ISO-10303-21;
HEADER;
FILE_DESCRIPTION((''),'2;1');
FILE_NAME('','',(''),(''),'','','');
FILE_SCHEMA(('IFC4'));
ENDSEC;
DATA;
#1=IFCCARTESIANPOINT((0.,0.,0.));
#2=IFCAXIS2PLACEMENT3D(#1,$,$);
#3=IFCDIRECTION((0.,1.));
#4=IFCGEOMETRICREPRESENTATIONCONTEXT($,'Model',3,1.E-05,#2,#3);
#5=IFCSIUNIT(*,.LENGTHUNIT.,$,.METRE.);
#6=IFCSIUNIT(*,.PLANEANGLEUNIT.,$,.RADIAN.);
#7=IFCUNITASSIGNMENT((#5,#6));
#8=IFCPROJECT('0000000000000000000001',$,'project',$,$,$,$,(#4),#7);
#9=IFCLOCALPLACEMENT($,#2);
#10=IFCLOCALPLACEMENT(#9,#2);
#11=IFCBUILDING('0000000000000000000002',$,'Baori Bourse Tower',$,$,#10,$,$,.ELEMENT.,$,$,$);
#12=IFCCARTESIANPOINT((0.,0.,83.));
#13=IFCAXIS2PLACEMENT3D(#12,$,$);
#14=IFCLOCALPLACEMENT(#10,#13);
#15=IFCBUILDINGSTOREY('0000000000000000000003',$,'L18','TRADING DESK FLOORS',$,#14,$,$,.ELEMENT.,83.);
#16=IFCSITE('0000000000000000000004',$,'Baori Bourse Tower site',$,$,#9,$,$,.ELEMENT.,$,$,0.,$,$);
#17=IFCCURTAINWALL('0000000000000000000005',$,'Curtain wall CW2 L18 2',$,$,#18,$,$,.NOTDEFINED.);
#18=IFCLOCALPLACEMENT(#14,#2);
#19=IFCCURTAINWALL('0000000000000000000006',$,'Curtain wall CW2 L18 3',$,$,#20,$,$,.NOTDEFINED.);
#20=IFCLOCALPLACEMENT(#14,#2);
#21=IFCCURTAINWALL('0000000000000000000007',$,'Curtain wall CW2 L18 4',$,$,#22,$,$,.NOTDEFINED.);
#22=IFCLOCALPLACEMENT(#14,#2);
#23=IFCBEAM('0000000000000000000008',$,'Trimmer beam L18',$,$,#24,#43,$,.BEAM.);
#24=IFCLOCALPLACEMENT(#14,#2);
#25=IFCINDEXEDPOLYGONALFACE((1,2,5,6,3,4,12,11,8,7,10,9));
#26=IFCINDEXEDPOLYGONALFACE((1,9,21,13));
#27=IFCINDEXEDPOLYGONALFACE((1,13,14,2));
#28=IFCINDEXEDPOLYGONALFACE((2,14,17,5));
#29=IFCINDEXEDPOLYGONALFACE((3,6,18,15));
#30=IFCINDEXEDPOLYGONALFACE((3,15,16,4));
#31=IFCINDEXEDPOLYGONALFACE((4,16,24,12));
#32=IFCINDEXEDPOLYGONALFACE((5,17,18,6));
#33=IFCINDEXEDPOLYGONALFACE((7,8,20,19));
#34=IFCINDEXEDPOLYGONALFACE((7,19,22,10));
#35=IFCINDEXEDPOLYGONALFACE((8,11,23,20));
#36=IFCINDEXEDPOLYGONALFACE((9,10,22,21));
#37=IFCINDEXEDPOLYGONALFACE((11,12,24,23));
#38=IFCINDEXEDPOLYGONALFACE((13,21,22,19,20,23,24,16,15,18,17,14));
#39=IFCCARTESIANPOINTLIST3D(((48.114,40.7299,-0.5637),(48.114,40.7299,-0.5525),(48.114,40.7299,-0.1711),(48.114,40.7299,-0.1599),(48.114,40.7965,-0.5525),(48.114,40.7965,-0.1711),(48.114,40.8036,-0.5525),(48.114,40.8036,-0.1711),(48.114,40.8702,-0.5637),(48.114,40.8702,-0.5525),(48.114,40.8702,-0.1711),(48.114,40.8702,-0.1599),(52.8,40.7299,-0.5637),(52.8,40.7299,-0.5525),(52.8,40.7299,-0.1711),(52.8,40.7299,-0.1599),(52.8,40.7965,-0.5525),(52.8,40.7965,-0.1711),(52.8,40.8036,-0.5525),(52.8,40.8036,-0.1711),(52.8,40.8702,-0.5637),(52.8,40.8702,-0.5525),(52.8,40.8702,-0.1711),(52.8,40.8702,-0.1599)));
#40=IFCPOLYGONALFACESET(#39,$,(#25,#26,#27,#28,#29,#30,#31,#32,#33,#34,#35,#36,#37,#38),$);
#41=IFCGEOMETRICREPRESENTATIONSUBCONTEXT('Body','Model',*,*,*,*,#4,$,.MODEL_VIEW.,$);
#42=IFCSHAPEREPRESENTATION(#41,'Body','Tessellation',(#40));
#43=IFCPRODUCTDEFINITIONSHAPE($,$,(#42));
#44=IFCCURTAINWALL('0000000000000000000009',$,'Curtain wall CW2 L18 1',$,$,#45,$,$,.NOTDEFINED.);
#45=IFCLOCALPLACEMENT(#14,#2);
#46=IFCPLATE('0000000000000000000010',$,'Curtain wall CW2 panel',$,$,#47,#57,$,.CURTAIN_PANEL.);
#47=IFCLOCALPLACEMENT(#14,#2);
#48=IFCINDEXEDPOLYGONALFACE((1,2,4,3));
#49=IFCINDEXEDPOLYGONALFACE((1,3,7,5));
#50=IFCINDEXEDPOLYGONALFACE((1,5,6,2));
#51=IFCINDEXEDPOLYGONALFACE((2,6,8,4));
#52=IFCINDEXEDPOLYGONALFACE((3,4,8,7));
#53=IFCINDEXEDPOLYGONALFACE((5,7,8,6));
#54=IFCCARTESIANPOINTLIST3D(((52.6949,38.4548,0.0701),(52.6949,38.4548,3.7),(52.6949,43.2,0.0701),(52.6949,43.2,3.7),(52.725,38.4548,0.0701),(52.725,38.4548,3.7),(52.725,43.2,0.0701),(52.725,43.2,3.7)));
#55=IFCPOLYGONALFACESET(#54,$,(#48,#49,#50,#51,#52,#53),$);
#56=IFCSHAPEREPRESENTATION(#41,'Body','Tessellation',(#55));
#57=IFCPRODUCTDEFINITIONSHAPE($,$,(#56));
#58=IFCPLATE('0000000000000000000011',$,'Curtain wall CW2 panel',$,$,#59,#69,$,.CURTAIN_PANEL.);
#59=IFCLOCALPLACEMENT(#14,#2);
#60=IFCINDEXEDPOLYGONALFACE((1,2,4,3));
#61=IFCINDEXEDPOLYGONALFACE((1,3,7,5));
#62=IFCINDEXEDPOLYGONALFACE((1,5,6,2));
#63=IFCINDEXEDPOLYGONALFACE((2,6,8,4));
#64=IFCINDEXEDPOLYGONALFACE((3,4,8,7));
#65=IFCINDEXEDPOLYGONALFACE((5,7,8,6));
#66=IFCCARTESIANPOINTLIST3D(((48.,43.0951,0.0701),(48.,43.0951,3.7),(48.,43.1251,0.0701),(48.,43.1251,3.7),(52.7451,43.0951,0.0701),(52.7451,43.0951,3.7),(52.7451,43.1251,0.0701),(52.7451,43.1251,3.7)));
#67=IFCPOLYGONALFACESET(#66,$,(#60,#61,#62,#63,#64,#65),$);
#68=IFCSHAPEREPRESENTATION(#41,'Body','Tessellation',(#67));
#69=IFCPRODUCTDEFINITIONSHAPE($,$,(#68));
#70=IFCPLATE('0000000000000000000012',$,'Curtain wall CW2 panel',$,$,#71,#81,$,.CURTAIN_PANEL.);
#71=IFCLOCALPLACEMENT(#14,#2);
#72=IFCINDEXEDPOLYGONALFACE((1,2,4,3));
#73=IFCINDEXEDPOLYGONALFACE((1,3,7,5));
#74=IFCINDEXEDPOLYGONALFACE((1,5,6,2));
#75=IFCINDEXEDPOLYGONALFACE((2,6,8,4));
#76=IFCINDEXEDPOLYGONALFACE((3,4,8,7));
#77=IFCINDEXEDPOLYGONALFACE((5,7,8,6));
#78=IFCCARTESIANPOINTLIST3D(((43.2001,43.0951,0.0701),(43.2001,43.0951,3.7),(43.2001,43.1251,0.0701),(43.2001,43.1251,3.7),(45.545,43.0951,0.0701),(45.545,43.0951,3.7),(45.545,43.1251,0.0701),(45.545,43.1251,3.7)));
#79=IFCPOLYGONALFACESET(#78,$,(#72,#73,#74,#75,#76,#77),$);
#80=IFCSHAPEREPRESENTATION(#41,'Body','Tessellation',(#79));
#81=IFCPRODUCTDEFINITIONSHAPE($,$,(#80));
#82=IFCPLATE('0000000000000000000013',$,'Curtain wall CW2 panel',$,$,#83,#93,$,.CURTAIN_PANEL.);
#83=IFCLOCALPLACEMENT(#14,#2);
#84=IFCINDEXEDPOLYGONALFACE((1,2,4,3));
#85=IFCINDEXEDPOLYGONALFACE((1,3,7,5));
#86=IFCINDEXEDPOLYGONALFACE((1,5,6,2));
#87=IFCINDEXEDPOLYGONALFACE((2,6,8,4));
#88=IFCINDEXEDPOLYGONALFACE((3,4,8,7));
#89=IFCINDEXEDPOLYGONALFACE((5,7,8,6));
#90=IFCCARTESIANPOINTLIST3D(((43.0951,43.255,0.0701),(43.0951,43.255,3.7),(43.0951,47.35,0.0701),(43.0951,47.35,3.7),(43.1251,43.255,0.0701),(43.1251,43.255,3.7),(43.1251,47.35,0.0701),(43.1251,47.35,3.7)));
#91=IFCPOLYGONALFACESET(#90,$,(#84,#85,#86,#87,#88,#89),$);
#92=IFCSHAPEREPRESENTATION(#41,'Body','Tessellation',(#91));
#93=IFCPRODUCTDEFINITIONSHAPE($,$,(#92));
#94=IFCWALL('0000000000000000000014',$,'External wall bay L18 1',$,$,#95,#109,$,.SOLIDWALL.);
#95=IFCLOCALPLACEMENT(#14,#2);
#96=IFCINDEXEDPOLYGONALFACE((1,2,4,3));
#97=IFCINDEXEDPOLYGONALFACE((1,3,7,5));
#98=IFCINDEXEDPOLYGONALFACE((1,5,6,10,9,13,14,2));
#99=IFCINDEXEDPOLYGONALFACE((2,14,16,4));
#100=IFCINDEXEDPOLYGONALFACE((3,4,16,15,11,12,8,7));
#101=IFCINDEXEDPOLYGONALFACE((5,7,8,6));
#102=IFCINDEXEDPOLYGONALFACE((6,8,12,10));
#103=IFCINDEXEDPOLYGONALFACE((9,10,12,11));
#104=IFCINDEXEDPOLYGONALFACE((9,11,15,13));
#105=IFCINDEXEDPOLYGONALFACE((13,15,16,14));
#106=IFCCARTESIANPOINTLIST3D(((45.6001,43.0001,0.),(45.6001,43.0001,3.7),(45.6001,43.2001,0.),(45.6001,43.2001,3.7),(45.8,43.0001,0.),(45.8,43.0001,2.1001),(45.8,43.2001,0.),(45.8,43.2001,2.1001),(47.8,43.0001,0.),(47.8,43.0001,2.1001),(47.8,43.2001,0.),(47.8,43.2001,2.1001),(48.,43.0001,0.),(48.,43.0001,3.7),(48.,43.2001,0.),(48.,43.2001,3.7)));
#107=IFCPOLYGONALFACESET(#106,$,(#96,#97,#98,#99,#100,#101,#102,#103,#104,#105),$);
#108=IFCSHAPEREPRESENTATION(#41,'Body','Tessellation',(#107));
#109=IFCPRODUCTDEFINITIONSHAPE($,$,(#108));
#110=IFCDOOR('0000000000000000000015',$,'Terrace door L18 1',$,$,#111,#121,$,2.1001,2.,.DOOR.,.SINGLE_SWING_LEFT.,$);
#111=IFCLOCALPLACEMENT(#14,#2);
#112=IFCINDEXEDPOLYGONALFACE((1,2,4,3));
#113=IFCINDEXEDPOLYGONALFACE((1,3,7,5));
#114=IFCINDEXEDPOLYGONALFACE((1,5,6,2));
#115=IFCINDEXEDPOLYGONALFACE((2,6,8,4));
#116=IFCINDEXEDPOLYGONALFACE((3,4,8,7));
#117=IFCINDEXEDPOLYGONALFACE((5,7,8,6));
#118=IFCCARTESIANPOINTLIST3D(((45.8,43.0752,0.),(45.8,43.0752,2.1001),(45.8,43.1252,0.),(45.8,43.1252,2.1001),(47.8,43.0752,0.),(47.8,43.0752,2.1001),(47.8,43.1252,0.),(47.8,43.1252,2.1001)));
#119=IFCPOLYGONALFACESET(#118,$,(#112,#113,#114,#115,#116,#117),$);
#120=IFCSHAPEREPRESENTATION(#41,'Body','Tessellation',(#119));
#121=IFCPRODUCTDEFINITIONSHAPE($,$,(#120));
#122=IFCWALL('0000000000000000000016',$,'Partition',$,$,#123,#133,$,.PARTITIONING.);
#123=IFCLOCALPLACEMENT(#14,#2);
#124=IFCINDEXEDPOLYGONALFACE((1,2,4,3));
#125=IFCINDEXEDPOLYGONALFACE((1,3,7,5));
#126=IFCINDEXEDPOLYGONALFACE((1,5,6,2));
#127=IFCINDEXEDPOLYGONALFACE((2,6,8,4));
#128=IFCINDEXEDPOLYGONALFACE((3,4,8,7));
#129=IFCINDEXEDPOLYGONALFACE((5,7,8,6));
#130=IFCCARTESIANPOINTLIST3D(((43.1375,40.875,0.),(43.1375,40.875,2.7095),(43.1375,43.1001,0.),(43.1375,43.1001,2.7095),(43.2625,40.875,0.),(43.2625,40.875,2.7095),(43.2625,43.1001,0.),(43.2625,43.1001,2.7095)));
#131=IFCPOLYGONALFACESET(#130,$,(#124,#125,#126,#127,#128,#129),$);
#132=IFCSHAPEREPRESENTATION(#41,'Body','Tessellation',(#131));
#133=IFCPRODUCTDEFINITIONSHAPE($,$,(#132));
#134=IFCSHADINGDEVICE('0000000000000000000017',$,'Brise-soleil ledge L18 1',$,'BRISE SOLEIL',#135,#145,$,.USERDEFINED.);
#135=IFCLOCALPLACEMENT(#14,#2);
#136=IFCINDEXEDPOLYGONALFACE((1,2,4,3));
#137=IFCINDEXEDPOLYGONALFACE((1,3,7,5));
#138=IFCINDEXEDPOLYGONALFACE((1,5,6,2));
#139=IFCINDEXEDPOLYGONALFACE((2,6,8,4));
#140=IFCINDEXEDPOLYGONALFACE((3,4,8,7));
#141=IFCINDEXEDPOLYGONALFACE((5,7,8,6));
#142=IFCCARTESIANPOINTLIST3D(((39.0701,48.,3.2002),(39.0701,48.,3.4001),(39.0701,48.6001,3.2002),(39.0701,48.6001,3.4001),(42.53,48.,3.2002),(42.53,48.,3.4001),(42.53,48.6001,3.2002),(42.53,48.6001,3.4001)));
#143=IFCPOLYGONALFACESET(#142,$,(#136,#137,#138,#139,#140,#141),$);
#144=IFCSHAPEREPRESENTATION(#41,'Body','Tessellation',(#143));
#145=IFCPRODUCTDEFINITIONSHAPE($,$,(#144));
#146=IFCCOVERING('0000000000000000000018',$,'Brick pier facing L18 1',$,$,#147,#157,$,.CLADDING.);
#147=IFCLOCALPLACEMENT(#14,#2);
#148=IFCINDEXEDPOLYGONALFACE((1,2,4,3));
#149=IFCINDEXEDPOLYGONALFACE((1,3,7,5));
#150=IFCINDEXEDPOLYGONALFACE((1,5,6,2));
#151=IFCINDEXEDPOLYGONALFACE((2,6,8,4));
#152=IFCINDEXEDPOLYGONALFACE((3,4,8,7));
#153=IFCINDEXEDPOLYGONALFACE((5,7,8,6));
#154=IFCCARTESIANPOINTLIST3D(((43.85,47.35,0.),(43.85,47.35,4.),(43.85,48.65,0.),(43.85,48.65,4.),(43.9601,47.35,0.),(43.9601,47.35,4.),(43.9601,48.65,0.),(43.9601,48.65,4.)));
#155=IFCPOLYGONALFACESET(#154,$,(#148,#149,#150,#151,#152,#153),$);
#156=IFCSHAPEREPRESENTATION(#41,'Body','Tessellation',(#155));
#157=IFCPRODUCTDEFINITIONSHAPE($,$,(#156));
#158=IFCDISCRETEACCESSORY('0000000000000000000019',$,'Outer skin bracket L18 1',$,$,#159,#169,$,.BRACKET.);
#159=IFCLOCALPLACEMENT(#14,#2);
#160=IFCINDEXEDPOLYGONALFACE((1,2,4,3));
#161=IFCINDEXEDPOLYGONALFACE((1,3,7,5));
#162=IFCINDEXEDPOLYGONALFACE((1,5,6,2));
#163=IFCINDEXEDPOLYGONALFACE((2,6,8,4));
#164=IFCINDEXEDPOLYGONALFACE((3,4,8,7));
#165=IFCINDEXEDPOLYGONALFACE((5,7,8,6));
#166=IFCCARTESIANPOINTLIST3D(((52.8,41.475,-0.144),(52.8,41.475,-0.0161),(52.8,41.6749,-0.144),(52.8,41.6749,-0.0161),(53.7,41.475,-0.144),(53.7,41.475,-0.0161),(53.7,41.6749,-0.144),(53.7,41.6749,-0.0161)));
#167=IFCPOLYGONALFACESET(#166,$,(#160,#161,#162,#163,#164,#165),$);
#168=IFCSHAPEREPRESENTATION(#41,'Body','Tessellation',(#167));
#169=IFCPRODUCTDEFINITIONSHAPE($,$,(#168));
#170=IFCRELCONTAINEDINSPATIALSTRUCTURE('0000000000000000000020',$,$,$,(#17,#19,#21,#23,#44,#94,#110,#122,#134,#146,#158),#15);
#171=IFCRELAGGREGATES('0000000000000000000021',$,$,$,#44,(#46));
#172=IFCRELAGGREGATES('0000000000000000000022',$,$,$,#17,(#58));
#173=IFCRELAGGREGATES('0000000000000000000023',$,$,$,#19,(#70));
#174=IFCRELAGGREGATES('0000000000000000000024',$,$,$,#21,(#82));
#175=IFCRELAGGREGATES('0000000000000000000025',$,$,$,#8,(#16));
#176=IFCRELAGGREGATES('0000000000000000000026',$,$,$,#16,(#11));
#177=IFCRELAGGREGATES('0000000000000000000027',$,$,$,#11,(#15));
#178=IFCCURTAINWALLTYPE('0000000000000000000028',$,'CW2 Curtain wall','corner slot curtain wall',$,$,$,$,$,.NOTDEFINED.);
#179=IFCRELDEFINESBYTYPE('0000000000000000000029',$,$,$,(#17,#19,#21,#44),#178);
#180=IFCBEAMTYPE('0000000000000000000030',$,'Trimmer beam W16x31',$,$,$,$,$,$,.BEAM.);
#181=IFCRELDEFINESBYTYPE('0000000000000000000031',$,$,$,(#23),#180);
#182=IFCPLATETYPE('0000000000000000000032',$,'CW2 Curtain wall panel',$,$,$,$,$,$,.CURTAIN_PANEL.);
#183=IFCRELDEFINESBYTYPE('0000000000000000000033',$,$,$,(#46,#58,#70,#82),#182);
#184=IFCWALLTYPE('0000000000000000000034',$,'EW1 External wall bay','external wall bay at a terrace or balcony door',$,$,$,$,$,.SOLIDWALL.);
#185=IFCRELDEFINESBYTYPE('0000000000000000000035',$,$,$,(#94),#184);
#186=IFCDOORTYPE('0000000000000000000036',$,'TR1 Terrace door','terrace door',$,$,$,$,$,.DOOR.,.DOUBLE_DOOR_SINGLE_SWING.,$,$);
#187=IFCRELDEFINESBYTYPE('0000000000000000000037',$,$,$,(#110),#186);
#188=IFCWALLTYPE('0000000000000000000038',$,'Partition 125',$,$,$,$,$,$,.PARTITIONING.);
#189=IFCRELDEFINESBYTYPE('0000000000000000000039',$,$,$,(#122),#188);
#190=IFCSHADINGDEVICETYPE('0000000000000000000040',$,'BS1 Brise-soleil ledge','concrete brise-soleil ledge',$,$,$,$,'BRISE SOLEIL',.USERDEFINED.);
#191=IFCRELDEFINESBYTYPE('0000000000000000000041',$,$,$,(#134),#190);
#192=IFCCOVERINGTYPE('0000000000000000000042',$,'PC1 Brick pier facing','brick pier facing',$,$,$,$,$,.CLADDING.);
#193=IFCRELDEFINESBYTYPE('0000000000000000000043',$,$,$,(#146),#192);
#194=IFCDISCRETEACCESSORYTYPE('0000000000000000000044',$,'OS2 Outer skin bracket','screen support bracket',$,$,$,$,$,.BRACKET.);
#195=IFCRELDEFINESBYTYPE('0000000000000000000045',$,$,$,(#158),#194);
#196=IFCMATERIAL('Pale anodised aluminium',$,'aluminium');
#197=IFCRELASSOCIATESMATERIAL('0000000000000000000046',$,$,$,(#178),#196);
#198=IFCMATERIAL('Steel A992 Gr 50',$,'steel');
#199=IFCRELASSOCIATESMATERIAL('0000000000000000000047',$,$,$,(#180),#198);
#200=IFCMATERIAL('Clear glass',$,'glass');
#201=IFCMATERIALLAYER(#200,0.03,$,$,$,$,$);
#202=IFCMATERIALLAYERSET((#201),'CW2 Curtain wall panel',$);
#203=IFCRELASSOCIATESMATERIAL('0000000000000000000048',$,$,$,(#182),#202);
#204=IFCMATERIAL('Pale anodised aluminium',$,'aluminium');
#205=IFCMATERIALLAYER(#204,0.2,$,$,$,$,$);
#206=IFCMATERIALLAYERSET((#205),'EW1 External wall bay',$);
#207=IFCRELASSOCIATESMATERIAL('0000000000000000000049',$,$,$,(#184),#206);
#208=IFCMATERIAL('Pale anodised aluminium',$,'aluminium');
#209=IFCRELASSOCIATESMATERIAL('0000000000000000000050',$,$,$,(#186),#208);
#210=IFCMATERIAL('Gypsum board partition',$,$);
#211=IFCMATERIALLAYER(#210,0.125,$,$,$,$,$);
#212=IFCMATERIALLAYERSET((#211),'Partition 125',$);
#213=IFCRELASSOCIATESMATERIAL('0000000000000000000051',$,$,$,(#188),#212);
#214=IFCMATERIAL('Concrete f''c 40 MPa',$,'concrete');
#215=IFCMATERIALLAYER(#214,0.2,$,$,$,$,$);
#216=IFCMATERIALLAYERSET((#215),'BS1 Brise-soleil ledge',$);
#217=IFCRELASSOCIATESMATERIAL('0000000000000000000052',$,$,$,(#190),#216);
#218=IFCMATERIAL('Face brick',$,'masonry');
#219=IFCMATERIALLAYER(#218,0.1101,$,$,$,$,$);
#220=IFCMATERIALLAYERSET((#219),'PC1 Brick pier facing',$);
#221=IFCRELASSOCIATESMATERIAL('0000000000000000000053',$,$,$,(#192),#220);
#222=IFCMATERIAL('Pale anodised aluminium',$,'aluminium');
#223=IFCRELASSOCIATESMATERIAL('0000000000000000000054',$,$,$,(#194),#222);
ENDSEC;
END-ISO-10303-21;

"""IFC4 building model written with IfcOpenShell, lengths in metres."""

from ifc_helpers import new_model, si_unit, direction, frame, frame_2d, origin, origin_2d, place, context, subcontext, project, spatial, rectangle, i_section, extrude, material, layer, layer_set, material_profile, profile_set, type_object, element, fill, aggregate, save


model = new_model("IFC4")

# Units and contexts
model_context = context("Model", 3, precision=1e-05, world=origin(), true_north=direction((0.0, 1.0)))
body_context = subcontext(model_context, "Body", "Model", "MODEL_VIEW")
ifc_project = project(units=[si_unit("LENGTHUNIT", "METRE"), si_unit("PLANEANGLEUNIT", "RADIAN")], contexts=[model_context])

# Site, building, storey
site_placement = place(None, origin())
site = spatial("IfcSite", under=ifc_project, at=site_placement, Name="Baori Bourse Tower site", CompositionType="ELEMENT", RefElevation=0.0)
building_placement = place(site_placement, origin())
building = spatial("IfcBuilding", under=site, at=building_placement, Name="Baori Bourse Tower", CompositionType="ELEMENT")
storey_placement = place(building_placement, frame((0.0, 0.0, 83.0)))
storey = spatial("IfcBuildingStorey", under=building, at=storey_placement, Name="L18", Description="TRADING DESK FLOORS", CompositionType="ELEMENT", Elevation=83.0)

# Curtain walls
ifc_material_1 = material(Name="Pale anodised aluminium", Category="aluminium")
curtain_wall_type_1 = type_object("IfcCurtainWallType", Name="CW2 Curtain wall", Description="corner slot curtain wall", PredefinedType="NOTDEFINED", material=ifc_material_1)
curtain_wall_1_placement = place(storey_placement, origin())
curtain_wall_1 = element("IfcCurtainWall", 1, at=curtain_wall_1_placement, inside=storey, type_object=curtain_wall_type_1, Name="Curtain wall CW2 L18 2", PredefinedType="NOTDEFINED")
curtain_wall_2_placement = place(storey_placement, origin())
curtain_wall_2 = element("IfcCurtainWall", 2, at=curtain_wall_2_placement, inside=storey, type_object=curtain_wall_type_1, Name="Curtain wall CW2 L18 3", PredefinedType="NOTDEFINED")
curtain_wall_3_placement = place(storey_placement, origin())
curtain_wall_3 = element("IfcCurtainWall", 3, at=curtain_wall_3_placement, inside=storey, type_object=curtain_wall_type_1, Name="Curtain wall CW2 L18 4", PredefinedType="NOTDEFINED")

# Beam
ifc_material_2 = material(Name="Steel A992 Gr 50", Category="steel")
ifc_material_profile_1 = material_profile(ifc_material_2, i_section(OverallWidth=0.1404, OverallDepth=0.4038, WebThickness=0.0071, FlangeThickness=0.0112, at=origin_2d()), Name="W16x31")
ifc_profile_set_1 = profile_set([ifc_material_profile_1], Name="Steel A992 Gr 50")
beam_type_1 = type_object("IfcBeamType", Name="Trimmer beam W16x31", PredefinedType="BEAM", material=ifc_profile_set_1)
beam_1_placement = place(storey_placement, frame((48.114, 40.8, -0.3618), z_axis=(1.0, 0.0, 0.0), x_axis=(0.0, 1.0, 0.0)))
element("IfcBeam", 4, at=beam_1_placement, inside=storey, type_object=beam_type_1, Name="Trimmer beam L18", PredefinedType="BEAM", context=body_context, shape_type="SweptSolid", body=[
    extrude(i_section(OverallWidth=0.1404, OverallDepth=0.4038, WebThickness=0.0071, FlangeThickness=0.0112, at=origin_2d()), origin(), (0.0, 0.0, 1.0), 4.686),
])

# Curtain wall, plate
curtain_wall_4_placement = place(storey_placement, origin())
curtain_wall_4 = element("IfcCurtainWall", 5, at=curtain_wall_4_placement, inside=storey, type_object=curtain_wall_type_1, Name="Curtain wall CW2 L18 1", PredefinedType="NOTDEFINED")
ifc_material_3 = material(Name="Clear glass", Category="glass")
ifc_layer_1 = layer(ifc_material_3, 0.03)
ifc_layer_set_1 = layer_set([ifc_layer_1], Name="CW2 Curtain wall panel")
plate_type = type_object("IfcPlateType", Name="CW2 Curtain wall panel", PredefinedType="CURTAIN_PANEL", material=ifc_layer_set_1)
plate_1_placement = place(storey_placement, frame((52.71, 40.8274, 0.0701), z_axis=(0.0, 0.0, 1.0), x_axis=(0.0, 1.0, 0.0)))
plate_1 = element("IfcPlate", 6, at=plate_1_placement, type_object=plate_type, Name="Curtain wall CW2 panel", PredefinedType="CURTAIN_PANEL", context=body_context, shape_type="SweptSolid", body=[
    extrude(rectangle(XDim=4.7451, YDim=0.03, at=origin_2d()), origin(), (0.0, 0.0, 1.0), 3.6299),
])
aggregate(curtain_wall_4, [plate_1])

# Plates
plate_2_placement = place(storey_placement, frame((50.3726, 43.1101, 0.0701), z_axis=(0.0, 0.0, 1.0), x_axis=(-1.0, 0.0, 0.0)))
plate_2 = element("IfcPlate", 7, at=plate_2_placement, type_object=plate_type, Name="Curtain wall CW2 panel", PredefinedType="CURTAIN_PANEL", context=body_context, shape_type="SweptSolid", body=[
    extrude(rectangle(XDim=4.7451, YDim=0.03, at=origin_2d()), origin(), (0.0, 0.0, 1.0), 3.6299),
])
aggregate(curtain_wall_1, [plate_2])
plate_3_placement = place(storey_placement, frame((44.3726, 43.1101, 0.0701), z_axis=(0.0, 0.0, 1.0), x_axis=(-1.0, 0.0, 0.0)))
plate_3 = element("IfcPlate", 8, at=plate_3_placement, type_object=plate_type, Name="Curtain wall CW2 panel", PredefinedType="CURTAIN_PANEL", context=body_context, shape_type="SweptSolid", body=[
    extrude(rectangle(XDim=2.345, YDim=0.03, at=origin_2d()), origin(), (0.0, 0.0, 1.0), 3.6299),
])
aggregate(curtain_wall_2, [plate_3])
plate_4_placement = place(storey_placement, frame((43.1101, 45.3025, 0.0701), z_axis=(0.0, 0.0, 1.0), x_axis=(0.0, 1.0, 0.0)))
plate_4 = element("IfcPlate", 9, at=plate_4_placement, type_object=plate_type, Name="Curtain wall CW2 panel", PredefinedType="CURTAIN_PANEL", context=body_context, shape_type="SweptSolid", body=[
    extrude(rectangle(XDim=4.095, YDim=0.03, at=origin_2d()), origin(), (0.0, 0.0, 1.0), 3.6299),
])
aggregate(curtain_wall_3, [plate_4])

# Wall, opening, door
ifc_material_4 = material(Name="Pale anodised aluminium", Category="aluminium")
ifc_layer_2 = layer(ifc_material_4, 0.2)
ifc_layer_set_2 = layer_set([ifc_layer_2], Name="EW1 External wall bay")
wall_type_1 = type_object("IfcWallType", Name="EW1 External wall bay", Description="external wall bay at a terrace or balcony door", PredefinedType="SOLIDWALL", material=ifc_layer_set_2)
wall_1_placement = place(storey_placement, frame((48.0, 43.1001, 0.0), z_axis=(0.0, 0.0, 1.0), x_axis=(-1.0, 0.0, 0.0)))
wall_1 = element("IfcWall", 10, at=wall_1_placement, inside=storey, type_object=wall_type_1, Name="External wall bay L18 1", PredefinedType="SOLIDWALL", context=body_context, shape_type="SweptSolid", body=[
    extrude(rectangle(XDim=2.3999, YDim=0.2, at=frame_2d((1.2, 0.0))), origin(), (0.0, 0.0, 1.0), 3.7),
])
opening_placement = place(wall_1_placement, frame((0.2, 0.0, 0.0)))
opening = element("IfcOpeningElement", 11, at=opening_placement, cuts=wall_1, PredefinedType="OPENING", context=body_context, shape_type="SweptSolid", body=[
    extrude(rectangle(XDim=2.0, YDim=2.1001, at=frame_2d((1.0, 1.05))), frame((0.0, 0.1099, 0.0), z_axis=(0.0, -1.0, 0.0), x_axis=(1.0, 0.0, 0.0)), (0.0, 0.0, 1.0), 0.22),
])
ifc_material_5 = material(Name="Pale anodised aluminium", Category="aluminium")
door_type = type_object("IfcDoorType", Name="TR1 Terrace door", Description="terrace door", OperationType="DOUBLE_DOOR_SINGLE_SWING", PredefinedType="DOOR", material=ifc_material_5)
door_placement = place(opening_placement, origin())
door = element("IfcDoor", 12, at=door_placement, inside=storey, type_object=door_type, Name="Terrace door L18 1", OperationType="SINGLE_SWING_LEFT", OverallHeight=2.1001, OverallWidth=2.0, PredefinedType="DOOR", context=body_context, shape_type="SweptSolid", body=[
    extrude(rectangle(XDim=2.0, YDim=2.1001, at=frame_2d((1.0, 1.05))), frame((0.0, 0.0249, 0.0), z_axis=(0.0, -1.0, 0.0), x_axis=(1.0, 0.0, 0.0)), (0.0, 0.0, 1.0), 0.05),
])
fill(opening, door)

# Wall
ifc_material_6 = material(Name="Gypsum board partition")
ifc_layer_3 = layer(ifc_material_6, 0.125)
ifc_layer_set_3 = layer_set([ifc_layer_3], Name="Partition 125")
wall_type_2 = type_object("IfcWallType", Name="Partition 125", PredefinedType="PARTITIONING", material=ifc_layer_set_3)
wall_2_placement = place(storey_placement, frame((43.2, 40.875, 0.0), z_axis=(0.0, 0.0, 1.0), x_axis=(0.0, 1.0, 0.0)))
element("IfcWall", 13, at=wall_2_placement, inside=storey, type_object=wall_type_2, Name="Partition", PredefinedType="PARTITIONING", context=body_context, shape_type="SweptSolid", body=[
    extrude(rectangle(XDim=2.2251, YDim=0.125, at=frame_2d((1.1125, 0.0))), origin(), (0.0, 0.0, 1.0), 2.7095),
])

# Shading device
ifc_material_7 = material(Name="Concrete f'c 40 MPa", Category="concrete")
ifc_layer_4 = layer(ifc_material_7, 0.2)
ifc_layer_set_4 = layer_set([ifc_layer_4], Name="BS1 Brise-soleil ledge")
shading_device_type = type_object("IfcShadingDeviceType", Name="BS1 Brise-soleil ledge", Description="concrete brise-soleil ledge", ElementType="BRISE SOLEIL", PredefinedType="USERDEFINED", material=ifc_layer_set_4)
shading_device_placement = place(storey_placement, frame((40.8, 48.3, 3.2002), z_axis=(0.0, 0.0, 1.0), x_axis=(-1.0, 0.0, 0.0)))
element("IfcShadingDevice", 14, at=shading_device_placement, inside=storey, type_object=shading_device_type, Name="Brise-soleil ledge L18 1", ObjectType="BRISE SOLEIL", PredefinedType="USERDEFINED", context=body_context, shape_type="SweptSolid", body=[
    extrude(rectangle(XDim=3.46, YDim=0.6001, at=origin_2d()), origin(), (0.0, 0.0, 1.0), 0.2),
])

# Covering
ifc_material_8 = material(Name="Face brick", Category="masonry")
ifc_layer_5 = layer(ifc_material_8, 0.1101)
ifc_layer_set_5 = layer_set([ifc_layer_5], Name="PC1 Brick pier facing")
covering_type = type_object("IfcCoveringType", Name="PC1 Brick pier facing", Description="brick pier facing", PredefinedType="CLADDING", material=ifc_layer_set_5)
covering_placement = place(storey_placement, frame((43.905, 48.0, 0.0), z_axis=(0.0, 0.0, 1.0), x_axis=(1.0, 0.0, 0.0)))
element("IfcCovering", 15, at=covering_placement, inside=storey, type_object=covering_type, Name="Brick pier facing L18 1", PredefinedType="CLADDING", context=body_context, shape_type="SweptSolid", body=[
    extrude(rectangle(XDim=0.1101, YDim=1.3, at=origin_2d()), origin(), (0.0, 0.0, 1.0), 4.0),
])

# Discrete accessory
ifc_material_9 = material(Name="Pale anodised aluminium", Category="aluminium")
discrete_accessory_type = type_object("IfcDiscreteAccessoryType", Name="OS2 Outer skin bracket", Description="screen support bracket", PredefinedType="BRACKET", material=ifc_material_9)
discrete_accessory_placement = place(storey_placement, frame((53.25, 41.575, -0.144), z_axis=(0.0, 0.0, 1.0), x_axis=(0.0, 1.0, 0.0)))
element("IfcDiscreteAccessory", 16, at=discrete_accessory_placement, inside=storey, type_object=discrete_accessory_type, Name="Outer skin bracket L18 1", PredefinedType="BRACKET", context=body_context, shape_type="SweptSolid", body=[
    extrude(rectangle(XDim=0.2, YDim=0.8999, at=origin_2d()), origin(), (0.0, 0.0, 1.0), 0.1279),
])

save(model, "model.ifc")
